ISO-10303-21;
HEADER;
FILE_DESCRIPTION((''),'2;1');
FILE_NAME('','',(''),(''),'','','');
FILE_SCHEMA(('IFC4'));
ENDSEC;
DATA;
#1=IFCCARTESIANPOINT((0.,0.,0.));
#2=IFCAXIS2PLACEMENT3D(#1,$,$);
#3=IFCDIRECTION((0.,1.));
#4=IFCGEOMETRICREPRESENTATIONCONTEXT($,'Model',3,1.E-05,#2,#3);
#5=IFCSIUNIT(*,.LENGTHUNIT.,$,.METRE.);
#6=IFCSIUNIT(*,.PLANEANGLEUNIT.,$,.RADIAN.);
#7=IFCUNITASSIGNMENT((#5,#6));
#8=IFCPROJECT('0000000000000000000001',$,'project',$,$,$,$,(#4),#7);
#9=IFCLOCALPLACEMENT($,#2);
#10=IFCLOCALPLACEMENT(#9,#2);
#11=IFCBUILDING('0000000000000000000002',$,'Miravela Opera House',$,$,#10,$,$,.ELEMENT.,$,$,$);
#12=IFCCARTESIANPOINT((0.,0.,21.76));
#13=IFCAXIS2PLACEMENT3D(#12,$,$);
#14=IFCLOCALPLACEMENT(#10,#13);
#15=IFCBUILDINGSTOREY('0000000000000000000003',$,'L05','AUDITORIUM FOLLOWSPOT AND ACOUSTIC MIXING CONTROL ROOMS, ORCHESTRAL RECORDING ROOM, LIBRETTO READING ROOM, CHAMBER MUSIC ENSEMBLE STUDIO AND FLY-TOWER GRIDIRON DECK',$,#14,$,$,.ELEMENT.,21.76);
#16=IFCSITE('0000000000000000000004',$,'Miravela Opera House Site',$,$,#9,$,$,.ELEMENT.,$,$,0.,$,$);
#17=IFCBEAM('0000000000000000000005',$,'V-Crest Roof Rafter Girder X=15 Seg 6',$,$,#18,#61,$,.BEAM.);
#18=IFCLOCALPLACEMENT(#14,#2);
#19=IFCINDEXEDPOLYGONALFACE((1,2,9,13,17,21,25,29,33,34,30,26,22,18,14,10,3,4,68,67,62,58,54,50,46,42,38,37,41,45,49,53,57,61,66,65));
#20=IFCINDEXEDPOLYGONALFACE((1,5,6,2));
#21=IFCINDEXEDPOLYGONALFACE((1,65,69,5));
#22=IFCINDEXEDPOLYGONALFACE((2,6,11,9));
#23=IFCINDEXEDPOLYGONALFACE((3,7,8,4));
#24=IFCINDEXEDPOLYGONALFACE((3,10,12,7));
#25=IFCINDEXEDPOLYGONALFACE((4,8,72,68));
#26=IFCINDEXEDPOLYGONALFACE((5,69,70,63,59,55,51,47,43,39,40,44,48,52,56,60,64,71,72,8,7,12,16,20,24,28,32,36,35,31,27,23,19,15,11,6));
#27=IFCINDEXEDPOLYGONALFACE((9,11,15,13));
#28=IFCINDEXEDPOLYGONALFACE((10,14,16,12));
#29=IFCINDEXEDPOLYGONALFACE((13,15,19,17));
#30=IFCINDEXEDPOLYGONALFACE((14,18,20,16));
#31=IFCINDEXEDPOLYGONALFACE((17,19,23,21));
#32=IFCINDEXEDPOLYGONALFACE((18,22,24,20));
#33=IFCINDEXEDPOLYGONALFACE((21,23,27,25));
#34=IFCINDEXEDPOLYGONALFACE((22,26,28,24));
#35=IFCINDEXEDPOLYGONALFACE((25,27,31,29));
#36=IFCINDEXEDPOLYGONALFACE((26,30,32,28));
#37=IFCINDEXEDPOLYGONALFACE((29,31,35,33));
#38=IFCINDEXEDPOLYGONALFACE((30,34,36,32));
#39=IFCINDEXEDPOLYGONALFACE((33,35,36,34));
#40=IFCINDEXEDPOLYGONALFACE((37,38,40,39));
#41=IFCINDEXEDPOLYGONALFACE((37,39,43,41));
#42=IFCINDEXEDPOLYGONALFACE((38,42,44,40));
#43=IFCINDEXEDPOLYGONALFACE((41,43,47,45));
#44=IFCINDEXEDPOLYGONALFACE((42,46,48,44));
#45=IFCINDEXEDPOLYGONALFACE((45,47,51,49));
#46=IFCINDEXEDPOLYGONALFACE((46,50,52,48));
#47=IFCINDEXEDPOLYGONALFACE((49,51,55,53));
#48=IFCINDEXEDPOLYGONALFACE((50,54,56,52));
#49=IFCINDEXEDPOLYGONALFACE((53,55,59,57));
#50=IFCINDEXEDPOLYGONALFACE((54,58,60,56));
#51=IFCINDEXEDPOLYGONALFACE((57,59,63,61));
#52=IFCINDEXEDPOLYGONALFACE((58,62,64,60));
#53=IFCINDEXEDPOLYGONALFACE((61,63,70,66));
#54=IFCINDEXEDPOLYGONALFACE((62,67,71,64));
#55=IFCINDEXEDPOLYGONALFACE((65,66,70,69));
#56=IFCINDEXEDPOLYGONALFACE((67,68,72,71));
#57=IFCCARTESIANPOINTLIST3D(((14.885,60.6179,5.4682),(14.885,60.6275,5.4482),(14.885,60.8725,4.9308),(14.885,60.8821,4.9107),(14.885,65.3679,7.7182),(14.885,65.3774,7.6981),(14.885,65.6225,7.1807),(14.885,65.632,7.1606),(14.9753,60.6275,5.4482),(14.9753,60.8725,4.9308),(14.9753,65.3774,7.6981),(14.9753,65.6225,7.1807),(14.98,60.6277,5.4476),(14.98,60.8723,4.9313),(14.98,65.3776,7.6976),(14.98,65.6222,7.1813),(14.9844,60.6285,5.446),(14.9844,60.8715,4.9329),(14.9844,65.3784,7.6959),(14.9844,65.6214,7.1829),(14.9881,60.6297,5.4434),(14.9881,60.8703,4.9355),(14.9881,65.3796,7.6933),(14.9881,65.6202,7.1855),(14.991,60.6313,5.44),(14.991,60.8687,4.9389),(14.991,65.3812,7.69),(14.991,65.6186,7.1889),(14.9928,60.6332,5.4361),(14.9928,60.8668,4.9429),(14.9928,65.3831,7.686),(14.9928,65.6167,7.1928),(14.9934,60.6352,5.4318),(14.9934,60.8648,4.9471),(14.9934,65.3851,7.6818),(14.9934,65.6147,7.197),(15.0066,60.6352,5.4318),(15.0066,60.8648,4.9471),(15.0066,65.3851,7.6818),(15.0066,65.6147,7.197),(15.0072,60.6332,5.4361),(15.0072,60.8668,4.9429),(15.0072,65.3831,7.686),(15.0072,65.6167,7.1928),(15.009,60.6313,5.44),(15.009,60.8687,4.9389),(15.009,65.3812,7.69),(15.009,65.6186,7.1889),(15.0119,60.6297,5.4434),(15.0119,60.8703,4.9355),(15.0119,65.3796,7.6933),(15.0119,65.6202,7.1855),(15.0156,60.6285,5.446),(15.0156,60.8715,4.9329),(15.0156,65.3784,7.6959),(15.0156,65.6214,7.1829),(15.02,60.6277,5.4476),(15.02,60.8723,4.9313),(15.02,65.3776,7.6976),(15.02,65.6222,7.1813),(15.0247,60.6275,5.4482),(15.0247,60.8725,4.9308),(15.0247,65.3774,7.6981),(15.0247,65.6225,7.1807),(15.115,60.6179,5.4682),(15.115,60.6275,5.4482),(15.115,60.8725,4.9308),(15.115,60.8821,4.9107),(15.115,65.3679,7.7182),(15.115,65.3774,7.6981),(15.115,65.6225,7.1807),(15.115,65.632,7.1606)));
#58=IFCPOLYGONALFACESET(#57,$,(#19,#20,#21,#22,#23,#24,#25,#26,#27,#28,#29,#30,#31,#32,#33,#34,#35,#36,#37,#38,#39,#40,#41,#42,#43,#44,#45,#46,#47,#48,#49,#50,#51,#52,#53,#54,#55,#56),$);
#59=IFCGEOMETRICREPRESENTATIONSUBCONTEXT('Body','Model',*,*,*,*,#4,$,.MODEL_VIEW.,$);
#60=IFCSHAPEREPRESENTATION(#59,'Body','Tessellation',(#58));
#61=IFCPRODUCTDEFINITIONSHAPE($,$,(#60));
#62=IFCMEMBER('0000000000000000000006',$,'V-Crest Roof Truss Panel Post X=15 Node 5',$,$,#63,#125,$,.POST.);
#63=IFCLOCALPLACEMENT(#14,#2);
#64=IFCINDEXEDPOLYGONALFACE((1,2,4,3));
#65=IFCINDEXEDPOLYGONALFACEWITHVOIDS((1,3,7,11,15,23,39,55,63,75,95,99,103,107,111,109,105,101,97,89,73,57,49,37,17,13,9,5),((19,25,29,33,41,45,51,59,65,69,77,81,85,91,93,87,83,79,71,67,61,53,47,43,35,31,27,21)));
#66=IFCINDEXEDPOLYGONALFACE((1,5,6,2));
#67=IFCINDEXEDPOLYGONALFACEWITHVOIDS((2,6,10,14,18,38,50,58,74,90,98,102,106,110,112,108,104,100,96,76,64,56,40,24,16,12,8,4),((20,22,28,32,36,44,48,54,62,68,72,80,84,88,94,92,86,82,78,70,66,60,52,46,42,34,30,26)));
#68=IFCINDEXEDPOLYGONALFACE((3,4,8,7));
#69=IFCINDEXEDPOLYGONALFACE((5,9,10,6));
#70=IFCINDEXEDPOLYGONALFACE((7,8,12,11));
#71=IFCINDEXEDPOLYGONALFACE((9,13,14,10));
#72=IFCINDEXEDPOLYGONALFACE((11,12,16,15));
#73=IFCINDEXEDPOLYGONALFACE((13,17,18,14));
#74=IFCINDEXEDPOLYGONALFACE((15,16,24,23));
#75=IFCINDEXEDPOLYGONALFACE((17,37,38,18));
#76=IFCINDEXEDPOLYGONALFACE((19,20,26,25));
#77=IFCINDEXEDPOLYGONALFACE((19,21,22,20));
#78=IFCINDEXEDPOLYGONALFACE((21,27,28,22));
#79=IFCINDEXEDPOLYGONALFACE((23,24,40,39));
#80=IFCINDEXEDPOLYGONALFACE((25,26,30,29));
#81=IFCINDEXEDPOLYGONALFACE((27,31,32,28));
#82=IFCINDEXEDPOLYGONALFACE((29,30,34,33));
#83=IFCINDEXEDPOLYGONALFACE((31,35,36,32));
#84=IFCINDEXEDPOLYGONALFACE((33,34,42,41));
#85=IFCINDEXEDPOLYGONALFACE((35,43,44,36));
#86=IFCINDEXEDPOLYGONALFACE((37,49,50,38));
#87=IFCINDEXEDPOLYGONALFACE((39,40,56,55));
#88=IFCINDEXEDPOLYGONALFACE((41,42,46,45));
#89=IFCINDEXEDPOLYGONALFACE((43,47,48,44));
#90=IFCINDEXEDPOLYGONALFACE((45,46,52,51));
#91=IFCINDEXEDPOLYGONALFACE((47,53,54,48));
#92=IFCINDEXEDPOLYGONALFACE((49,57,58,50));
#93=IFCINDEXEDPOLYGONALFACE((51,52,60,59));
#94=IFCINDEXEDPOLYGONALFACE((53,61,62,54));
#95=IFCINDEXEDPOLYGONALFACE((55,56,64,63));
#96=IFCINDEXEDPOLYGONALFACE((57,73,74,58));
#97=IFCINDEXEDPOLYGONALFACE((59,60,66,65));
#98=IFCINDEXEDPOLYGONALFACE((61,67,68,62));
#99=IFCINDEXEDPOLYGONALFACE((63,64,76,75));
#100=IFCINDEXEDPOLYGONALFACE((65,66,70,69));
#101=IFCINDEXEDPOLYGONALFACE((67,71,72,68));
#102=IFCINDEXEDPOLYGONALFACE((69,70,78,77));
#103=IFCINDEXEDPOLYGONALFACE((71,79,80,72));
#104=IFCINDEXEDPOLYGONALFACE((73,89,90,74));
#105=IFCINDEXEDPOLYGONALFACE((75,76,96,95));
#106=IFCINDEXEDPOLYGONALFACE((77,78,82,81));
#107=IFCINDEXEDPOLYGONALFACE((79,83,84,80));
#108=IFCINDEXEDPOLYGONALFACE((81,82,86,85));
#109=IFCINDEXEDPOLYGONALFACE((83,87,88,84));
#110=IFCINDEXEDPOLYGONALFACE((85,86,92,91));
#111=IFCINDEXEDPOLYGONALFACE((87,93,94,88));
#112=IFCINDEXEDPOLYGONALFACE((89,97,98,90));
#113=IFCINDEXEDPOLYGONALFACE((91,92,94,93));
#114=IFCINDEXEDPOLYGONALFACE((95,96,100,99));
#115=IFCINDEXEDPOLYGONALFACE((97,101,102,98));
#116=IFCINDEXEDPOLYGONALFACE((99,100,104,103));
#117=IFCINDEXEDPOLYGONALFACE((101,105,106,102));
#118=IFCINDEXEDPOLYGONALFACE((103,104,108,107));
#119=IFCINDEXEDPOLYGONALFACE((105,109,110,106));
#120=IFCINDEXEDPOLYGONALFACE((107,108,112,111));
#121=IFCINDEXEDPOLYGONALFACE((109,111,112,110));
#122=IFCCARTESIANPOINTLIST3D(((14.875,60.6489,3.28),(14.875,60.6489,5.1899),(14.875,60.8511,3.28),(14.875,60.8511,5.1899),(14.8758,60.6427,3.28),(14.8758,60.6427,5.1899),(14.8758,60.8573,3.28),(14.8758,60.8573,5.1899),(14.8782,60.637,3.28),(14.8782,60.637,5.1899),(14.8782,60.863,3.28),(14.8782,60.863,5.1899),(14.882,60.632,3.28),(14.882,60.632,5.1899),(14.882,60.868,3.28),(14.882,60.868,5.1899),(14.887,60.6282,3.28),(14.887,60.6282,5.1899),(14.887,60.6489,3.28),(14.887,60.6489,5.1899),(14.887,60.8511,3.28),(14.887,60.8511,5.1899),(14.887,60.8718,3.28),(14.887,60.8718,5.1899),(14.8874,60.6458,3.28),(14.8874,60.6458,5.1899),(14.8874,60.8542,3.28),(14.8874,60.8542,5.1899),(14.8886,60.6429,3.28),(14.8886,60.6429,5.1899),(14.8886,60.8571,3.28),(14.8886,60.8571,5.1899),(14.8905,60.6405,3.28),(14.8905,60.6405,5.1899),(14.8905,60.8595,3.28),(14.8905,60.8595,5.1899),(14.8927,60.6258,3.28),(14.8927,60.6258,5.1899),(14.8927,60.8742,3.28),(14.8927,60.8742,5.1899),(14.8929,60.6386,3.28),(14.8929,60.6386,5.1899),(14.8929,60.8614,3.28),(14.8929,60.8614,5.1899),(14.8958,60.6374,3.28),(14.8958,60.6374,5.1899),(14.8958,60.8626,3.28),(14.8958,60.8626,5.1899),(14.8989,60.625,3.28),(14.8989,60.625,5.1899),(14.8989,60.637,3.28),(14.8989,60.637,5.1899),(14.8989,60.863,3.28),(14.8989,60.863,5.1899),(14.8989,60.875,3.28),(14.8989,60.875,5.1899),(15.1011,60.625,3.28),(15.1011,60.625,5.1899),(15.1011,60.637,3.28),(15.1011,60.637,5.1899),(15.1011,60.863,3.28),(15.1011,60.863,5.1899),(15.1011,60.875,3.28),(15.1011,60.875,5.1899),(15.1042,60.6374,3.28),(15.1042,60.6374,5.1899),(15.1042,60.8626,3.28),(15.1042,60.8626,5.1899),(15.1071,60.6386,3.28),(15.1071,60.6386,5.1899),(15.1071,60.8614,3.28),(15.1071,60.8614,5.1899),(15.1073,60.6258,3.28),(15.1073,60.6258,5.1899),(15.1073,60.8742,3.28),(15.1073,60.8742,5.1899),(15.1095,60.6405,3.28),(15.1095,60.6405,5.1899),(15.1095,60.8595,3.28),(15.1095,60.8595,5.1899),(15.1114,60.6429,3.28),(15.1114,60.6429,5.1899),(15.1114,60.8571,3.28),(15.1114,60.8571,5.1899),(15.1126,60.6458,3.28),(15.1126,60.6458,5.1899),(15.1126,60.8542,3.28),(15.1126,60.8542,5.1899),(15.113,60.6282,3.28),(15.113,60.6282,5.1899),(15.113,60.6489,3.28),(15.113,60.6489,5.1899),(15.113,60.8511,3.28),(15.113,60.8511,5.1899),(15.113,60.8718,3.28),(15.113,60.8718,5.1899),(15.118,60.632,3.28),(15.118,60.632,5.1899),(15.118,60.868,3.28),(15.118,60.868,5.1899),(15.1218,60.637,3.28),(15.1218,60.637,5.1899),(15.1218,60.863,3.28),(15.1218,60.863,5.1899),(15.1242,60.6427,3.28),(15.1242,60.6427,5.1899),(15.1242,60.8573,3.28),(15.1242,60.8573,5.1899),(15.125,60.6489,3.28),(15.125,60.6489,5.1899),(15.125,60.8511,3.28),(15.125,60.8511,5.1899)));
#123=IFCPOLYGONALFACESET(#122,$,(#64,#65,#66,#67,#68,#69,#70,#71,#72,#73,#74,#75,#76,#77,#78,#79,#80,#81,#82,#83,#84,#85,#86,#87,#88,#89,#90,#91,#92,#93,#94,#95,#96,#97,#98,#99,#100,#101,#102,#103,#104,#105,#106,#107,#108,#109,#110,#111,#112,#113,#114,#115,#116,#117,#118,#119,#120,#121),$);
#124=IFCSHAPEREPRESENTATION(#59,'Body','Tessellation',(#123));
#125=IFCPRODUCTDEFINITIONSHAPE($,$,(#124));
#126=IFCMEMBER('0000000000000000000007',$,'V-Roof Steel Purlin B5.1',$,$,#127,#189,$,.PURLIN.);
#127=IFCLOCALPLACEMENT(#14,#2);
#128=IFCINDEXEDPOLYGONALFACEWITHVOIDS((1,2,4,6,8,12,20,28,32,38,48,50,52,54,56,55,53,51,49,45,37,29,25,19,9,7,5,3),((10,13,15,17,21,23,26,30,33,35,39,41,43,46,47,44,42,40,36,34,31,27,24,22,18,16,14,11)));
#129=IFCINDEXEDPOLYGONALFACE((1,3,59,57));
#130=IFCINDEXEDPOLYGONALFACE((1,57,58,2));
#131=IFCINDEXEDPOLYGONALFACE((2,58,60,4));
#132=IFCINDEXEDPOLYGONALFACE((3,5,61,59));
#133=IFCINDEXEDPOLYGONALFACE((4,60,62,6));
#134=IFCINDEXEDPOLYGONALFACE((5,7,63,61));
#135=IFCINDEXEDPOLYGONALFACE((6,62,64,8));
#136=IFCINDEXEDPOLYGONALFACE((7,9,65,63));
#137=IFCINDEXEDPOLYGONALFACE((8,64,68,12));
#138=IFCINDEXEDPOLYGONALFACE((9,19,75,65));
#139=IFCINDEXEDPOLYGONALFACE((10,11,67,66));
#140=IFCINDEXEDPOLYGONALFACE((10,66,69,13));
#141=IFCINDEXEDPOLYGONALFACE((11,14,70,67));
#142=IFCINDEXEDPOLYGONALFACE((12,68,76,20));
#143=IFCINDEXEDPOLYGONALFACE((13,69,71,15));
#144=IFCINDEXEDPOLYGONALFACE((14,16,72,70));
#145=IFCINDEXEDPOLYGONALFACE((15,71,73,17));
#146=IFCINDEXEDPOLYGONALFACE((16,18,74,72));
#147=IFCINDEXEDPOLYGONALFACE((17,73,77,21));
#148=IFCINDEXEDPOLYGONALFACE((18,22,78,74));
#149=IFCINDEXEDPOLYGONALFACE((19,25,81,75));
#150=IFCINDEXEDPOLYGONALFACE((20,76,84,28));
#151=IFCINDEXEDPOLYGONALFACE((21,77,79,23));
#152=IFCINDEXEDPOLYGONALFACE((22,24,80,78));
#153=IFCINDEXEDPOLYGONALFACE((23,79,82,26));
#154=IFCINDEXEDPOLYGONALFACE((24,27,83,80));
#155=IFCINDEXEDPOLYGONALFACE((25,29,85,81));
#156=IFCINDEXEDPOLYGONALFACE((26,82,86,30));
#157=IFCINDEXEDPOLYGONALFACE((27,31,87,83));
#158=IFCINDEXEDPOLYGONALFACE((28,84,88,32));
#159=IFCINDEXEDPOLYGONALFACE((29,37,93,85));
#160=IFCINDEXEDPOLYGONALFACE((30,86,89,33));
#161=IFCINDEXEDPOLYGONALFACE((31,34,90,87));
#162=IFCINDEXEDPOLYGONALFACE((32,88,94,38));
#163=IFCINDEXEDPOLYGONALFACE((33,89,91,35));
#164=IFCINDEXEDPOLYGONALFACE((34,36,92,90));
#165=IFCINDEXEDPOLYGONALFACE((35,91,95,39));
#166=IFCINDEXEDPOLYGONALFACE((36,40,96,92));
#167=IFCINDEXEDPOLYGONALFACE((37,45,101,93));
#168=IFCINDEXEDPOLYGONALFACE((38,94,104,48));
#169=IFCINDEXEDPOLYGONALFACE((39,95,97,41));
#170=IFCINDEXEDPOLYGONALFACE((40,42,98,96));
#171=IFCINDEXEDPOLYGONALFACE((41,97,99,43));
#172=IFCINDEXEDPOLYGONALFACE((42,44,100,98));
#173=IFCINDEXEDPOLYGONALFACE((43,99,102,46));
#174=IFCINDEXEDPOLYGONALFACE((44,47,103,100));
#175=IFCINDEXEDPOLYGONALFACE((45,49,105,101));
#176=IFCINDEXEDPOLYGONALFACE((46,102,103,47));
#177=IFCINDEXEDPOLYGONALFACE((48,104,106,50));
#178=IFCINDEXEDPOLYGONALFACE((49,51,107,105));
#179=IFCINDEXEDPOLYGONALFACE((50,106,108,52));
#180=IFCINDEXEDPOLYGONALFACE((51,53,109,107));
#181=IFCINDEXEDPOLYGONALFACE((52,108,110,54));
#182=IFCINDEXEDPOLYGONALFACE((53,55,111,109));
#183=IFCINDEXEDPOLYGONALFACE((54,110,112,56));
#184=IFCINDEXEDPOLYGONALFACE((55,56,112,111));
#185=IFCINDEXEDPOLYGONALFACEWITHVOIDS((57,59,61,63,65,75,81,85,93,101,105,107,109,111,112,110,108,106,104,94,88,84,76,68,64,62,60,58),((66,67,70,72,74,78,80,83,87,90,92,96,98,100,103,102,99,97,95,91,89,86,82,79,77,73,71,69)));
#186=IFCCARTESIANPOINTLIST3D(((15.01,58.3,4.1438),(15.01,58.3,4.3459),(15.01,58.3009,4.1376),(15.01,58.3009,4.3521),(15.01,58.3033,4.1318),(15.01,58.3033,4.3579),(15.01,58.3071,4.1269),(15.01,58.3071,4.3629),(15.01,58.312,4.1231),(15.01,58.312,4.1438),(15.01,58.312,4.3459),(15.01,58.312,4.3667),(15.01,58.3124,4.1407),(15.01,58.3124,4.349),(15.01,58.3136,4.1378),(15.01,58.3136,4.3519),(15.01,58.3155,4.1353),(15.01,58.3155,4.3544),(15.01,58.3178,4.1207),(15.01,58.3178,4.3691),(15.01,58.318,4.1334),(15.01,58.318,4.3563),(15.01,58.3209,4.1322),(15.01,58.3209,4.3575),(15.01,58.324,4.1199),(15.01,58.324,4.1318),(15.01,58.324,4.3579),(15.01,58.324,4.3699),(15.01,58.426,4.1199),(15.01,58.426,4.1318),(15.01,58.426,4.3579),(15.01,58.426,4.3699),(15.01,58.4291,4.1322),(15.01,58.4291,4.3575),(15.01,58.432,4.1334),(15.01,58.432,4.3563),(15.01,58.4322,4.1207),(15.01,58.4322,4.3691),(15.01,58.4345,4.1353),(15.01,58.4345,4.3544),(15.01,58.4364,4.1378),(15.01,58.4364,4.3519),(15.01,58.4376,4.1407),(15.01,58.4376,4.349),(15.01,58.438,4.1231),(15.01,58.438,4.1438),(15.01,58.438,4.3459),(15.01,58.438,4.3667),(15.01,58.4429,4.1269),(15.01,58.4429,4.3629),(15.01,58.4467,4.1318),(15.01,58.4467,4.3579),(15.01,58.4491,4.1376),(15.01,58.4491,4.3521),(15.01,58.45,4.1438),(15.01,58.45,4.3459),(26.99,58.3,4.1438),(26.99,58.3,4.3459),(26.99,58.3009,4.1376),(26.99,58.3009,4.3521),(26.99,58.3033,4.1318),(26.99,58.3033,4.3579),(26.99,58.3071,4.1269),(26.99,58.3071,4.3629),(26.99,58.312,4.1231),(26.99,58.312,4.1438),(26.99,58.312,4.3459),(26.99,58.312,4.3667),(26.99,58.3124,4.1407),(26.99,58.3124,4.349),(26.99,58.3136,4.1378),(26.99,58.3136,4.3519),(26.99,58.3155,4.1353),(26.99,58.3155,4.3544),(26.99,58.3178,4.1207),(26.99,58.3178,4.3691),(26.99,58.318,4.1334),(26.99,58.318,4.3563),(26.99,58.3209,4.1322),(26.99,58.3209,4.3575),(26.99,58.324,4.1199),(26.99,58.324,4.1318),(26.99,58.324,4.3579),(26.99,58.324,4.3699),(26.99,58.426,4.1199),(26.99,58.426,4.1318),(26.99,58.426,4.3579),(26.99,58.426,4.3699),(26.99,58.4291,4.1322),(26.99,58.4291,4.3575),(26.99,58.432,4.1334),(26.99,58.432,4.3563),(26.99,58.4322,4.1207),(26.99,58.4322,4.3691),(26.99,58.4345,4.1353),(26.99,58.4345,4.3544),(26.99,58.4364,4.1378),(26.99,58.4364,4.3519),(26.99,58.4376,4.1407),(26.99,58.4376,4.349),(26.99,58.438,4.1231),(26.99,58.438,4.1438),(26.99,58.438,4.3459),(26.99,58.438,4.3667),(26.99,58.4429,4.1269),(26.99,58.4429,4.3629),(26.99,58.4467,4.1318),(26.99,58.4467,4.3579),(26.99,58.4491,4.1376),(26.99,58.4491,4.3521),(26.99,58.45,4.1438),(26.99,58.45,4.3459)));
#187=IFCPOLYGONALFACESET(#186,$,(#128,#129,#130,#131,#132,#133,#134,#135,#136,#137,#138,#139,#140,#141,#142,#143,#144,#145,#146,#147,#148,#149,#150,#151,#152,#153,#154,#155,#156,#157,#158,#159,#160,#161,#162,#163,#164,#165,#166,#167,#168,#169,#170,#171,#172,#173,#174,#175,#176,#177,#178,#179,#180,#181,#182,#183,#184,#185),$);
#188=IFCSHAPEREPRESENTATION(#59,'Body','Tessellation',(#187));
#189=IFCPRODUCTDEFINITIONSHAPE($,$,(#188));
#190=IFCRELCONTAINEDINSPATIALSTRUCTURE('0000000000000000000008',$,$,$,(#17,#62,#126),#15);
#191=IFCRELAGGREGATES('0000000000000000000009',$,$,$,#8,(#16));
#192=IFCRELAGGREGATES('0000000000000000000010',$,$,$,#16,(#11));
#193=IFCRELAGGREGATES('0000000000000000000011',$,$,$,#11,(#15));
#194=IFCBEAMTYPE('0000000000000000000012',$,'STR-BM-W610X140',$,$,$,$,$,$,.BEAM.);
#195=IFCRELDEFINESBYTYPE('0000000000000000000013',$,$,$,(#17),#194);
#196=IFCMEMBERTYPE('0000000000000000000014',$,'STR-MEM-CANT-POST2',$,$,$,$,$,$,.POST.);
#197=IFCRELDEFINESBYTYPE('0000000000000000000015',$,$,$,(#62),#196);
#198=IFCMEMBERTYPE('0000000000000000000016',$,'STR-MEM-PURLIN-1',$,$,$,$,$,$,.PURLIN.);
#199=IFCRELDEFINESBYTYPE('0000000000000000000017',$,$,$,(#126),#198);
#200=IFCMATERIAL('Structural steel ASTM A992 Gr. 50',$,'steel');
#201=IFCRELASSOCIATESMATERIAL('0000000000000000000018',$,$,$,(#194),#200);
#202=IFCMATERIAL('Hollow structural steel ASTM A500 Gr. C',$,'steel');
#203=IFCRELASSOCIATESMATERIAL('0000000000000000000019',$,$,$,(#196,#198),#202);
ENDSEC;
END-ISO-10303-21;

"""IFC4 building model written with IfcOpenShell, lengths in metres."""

from ifc_helpers import new_model, si_unit, direction, frame, origin, origin_2d, place, context, subcontext, project, spatial, hollow_rectangle, i_section, extrude, material, material_profile, profile_set, type_object, element, save


model = new_model("IFC4")

# Units and contexts
model_context = context("Model", 3, precision=1e-05, world=origin(), true_north=direction((0.0, 1.0)))
body_context = subcontext(model_context, "Body", "Model", "MODEL_VIEW")
ifc_project = project(units=[si_unit("LENGTHUNIT", "METRE"), si_unit("PLANEANGLEUNIT", "RADIAN")], contexts=[model_context])

# Site, building, storey
site_placement = place(None, origin())
site = spatial("IfcSite", under=ifc_project, at=site_placement, Name="Miravela Opera House Site", CompositionType="ELEMENT", RefElevation=0.0)
building_placement = place(site_placement, origin())
building = spatial("IfcBuilding", under=site, at=building_placement, Name="Miravela Opera House", CompositionType="ELEMENT")
storey_placement = place(building_placement, frame((0.0, 0.0, 21.76)))
storey = spatial("IfcBuildingStorey", under=building, at=storey_placement, Name="L05", Description="AUDITORIUM FOLLOWSPOT AND ACOUSTIC MIXING CONTROL ROOMS, ORCHESTRAL RECORDING ROOM, LIBRETTO READING ROOM, CHAMBER MUSIC ENSEMBLE STUDIO AND FLY-TOWER GRIDIRON DECK", CompositionType="ELEMENT", Elevation=21.76)

# Beam
ifc_material_1 = material(Name="Structural steel ASTM A992 Gr. 50", Category="steel")
ifc_material_profile_1 = material_profile(ifc_material_1, i_section(OverallWidth=0.23, OverallDepth=0.6169, WebThickness=0.0132, FlangeThickness=0.0222, FilletRadius=0.0181, at=origin_2d()), Name="W610X140")
ifc_profile_set_1 = profile_set([ifc_material_profile_1])
beam_type_1 = type_object("IfcBeamType", Name="STR-BM-W610X140", PredefinedType="BEAM", material=ifc_profile_set_1)
for number, where, z_axis, x_axis, name in (
    (1, (15.0, 60.75, 5.1895), (0.0, 0.903738, 0.428086), (-1.0, 0.0, 0.0), "V-Crest Roof Rafter Girder X=15 Seg 6"),
):
    element("IfcBeam", number, at=place(storey_placement, frame(where, z_axis=z_axis, x_axis=x_axis)), inside=storey, type_object=beam_type_1, Name=name, PredefinedType="BEAM", context=body_context, shape_type="SweptSolid", body=[
        extrude(i_section(OverallWidth=0.23, OverallDepth=0.6169, WebThickness=0.0132, FlangeThickness=0.0222, FilletRadius=0.0181, at=origin_2d()), origin(), (0.0, 0.0, 1.0), 5.2559),
    ])

# Members
ifc_material_2 = material(Name="Hollow structural steel ASTM A500 Gr. C", Category="steel")
ifc_material_profile_2 = material_profile(ifc_material_2, hollow_rectangle(XDim=0.25, YDim=0.25, WallThickness=0.012, InnerFilletRadius=0.012, OuterFilletRadius=0.0239, at=origin_2d()), Name="HSS250X250X12")
ifc_profile_set_2 = profile_set([ifc_material_profile_2])
member_type_1 = type_object("IfcMemberType", Name="STR-MEM-CANT-POST2", PredefinedType="POST", material=ifc_profile_set_2)
member_1_placement = place(storey_placement, frame((15.0, 60.75, 3.28), z_axis=(0.0, 0.0, 1.0), x_axis=(1.0, 0.0, 0.0)))
element("IfcMember", 2, at=member_1_placement, inside=storey, type_object=member_type_1, Name="V-Crest Roof Truss Panel Post X=15 Node 5", PredefinedType="POST", context=body_context, shape_type="SweptSolid", body=[
    extrude(hollow_rectangle(XDim=0.25, YDim=0.25, WallThickness=0.012, InnerFilletRadius=0.012, OuterFilletRadius=0.0239, at=origin_2d()), origin(), (0.0, 0.0, 1.0), 1.9099),
])
ifc_material_profile_3 = material_profile(ifc_material_2, hollow_rectangle(XDim=0.1499, YDim=0.25, WallThickness=0.012, InnerFilletRadius=0.012, OuterFilletRadius=0.0239, at=origin_2d()), Name="HSS250X150X12")
ifc_profile_set_3 = profile_set([ifc_material_profile_3])
member_type_2 = type_object("IfcMemberType", Name="STR-MEM-PURLIN-1", PredefinedType="PURLIN", material=ifc_profile_set_3)
member_2_placement = place(storey_placement, frame((15.01, 58.375, 4.2449), z_axis=(1.0, 0.0, 0.0), x_axis=(0.0, 1.0, 0.0)))
element("IfcMember", 3, at=member_2_placement, inside=storey, type_object=member_type_2, Name="V-Roof Steel Purlin B5.1", PredefinedType="PURLIN", context=body_context, shape_type="SweptSolid", body=[
    extrude(hollow_rectangle(XDim=0.1499, YDim=0.25, WallThickness=0.012, InnerFilletRadius=0.012, OuterFilletRadius=0.0239, at=origin_2d()), origin(), (0.0, 0.0, 1.0), 11.98),
])

save(model, "model.ifc")
